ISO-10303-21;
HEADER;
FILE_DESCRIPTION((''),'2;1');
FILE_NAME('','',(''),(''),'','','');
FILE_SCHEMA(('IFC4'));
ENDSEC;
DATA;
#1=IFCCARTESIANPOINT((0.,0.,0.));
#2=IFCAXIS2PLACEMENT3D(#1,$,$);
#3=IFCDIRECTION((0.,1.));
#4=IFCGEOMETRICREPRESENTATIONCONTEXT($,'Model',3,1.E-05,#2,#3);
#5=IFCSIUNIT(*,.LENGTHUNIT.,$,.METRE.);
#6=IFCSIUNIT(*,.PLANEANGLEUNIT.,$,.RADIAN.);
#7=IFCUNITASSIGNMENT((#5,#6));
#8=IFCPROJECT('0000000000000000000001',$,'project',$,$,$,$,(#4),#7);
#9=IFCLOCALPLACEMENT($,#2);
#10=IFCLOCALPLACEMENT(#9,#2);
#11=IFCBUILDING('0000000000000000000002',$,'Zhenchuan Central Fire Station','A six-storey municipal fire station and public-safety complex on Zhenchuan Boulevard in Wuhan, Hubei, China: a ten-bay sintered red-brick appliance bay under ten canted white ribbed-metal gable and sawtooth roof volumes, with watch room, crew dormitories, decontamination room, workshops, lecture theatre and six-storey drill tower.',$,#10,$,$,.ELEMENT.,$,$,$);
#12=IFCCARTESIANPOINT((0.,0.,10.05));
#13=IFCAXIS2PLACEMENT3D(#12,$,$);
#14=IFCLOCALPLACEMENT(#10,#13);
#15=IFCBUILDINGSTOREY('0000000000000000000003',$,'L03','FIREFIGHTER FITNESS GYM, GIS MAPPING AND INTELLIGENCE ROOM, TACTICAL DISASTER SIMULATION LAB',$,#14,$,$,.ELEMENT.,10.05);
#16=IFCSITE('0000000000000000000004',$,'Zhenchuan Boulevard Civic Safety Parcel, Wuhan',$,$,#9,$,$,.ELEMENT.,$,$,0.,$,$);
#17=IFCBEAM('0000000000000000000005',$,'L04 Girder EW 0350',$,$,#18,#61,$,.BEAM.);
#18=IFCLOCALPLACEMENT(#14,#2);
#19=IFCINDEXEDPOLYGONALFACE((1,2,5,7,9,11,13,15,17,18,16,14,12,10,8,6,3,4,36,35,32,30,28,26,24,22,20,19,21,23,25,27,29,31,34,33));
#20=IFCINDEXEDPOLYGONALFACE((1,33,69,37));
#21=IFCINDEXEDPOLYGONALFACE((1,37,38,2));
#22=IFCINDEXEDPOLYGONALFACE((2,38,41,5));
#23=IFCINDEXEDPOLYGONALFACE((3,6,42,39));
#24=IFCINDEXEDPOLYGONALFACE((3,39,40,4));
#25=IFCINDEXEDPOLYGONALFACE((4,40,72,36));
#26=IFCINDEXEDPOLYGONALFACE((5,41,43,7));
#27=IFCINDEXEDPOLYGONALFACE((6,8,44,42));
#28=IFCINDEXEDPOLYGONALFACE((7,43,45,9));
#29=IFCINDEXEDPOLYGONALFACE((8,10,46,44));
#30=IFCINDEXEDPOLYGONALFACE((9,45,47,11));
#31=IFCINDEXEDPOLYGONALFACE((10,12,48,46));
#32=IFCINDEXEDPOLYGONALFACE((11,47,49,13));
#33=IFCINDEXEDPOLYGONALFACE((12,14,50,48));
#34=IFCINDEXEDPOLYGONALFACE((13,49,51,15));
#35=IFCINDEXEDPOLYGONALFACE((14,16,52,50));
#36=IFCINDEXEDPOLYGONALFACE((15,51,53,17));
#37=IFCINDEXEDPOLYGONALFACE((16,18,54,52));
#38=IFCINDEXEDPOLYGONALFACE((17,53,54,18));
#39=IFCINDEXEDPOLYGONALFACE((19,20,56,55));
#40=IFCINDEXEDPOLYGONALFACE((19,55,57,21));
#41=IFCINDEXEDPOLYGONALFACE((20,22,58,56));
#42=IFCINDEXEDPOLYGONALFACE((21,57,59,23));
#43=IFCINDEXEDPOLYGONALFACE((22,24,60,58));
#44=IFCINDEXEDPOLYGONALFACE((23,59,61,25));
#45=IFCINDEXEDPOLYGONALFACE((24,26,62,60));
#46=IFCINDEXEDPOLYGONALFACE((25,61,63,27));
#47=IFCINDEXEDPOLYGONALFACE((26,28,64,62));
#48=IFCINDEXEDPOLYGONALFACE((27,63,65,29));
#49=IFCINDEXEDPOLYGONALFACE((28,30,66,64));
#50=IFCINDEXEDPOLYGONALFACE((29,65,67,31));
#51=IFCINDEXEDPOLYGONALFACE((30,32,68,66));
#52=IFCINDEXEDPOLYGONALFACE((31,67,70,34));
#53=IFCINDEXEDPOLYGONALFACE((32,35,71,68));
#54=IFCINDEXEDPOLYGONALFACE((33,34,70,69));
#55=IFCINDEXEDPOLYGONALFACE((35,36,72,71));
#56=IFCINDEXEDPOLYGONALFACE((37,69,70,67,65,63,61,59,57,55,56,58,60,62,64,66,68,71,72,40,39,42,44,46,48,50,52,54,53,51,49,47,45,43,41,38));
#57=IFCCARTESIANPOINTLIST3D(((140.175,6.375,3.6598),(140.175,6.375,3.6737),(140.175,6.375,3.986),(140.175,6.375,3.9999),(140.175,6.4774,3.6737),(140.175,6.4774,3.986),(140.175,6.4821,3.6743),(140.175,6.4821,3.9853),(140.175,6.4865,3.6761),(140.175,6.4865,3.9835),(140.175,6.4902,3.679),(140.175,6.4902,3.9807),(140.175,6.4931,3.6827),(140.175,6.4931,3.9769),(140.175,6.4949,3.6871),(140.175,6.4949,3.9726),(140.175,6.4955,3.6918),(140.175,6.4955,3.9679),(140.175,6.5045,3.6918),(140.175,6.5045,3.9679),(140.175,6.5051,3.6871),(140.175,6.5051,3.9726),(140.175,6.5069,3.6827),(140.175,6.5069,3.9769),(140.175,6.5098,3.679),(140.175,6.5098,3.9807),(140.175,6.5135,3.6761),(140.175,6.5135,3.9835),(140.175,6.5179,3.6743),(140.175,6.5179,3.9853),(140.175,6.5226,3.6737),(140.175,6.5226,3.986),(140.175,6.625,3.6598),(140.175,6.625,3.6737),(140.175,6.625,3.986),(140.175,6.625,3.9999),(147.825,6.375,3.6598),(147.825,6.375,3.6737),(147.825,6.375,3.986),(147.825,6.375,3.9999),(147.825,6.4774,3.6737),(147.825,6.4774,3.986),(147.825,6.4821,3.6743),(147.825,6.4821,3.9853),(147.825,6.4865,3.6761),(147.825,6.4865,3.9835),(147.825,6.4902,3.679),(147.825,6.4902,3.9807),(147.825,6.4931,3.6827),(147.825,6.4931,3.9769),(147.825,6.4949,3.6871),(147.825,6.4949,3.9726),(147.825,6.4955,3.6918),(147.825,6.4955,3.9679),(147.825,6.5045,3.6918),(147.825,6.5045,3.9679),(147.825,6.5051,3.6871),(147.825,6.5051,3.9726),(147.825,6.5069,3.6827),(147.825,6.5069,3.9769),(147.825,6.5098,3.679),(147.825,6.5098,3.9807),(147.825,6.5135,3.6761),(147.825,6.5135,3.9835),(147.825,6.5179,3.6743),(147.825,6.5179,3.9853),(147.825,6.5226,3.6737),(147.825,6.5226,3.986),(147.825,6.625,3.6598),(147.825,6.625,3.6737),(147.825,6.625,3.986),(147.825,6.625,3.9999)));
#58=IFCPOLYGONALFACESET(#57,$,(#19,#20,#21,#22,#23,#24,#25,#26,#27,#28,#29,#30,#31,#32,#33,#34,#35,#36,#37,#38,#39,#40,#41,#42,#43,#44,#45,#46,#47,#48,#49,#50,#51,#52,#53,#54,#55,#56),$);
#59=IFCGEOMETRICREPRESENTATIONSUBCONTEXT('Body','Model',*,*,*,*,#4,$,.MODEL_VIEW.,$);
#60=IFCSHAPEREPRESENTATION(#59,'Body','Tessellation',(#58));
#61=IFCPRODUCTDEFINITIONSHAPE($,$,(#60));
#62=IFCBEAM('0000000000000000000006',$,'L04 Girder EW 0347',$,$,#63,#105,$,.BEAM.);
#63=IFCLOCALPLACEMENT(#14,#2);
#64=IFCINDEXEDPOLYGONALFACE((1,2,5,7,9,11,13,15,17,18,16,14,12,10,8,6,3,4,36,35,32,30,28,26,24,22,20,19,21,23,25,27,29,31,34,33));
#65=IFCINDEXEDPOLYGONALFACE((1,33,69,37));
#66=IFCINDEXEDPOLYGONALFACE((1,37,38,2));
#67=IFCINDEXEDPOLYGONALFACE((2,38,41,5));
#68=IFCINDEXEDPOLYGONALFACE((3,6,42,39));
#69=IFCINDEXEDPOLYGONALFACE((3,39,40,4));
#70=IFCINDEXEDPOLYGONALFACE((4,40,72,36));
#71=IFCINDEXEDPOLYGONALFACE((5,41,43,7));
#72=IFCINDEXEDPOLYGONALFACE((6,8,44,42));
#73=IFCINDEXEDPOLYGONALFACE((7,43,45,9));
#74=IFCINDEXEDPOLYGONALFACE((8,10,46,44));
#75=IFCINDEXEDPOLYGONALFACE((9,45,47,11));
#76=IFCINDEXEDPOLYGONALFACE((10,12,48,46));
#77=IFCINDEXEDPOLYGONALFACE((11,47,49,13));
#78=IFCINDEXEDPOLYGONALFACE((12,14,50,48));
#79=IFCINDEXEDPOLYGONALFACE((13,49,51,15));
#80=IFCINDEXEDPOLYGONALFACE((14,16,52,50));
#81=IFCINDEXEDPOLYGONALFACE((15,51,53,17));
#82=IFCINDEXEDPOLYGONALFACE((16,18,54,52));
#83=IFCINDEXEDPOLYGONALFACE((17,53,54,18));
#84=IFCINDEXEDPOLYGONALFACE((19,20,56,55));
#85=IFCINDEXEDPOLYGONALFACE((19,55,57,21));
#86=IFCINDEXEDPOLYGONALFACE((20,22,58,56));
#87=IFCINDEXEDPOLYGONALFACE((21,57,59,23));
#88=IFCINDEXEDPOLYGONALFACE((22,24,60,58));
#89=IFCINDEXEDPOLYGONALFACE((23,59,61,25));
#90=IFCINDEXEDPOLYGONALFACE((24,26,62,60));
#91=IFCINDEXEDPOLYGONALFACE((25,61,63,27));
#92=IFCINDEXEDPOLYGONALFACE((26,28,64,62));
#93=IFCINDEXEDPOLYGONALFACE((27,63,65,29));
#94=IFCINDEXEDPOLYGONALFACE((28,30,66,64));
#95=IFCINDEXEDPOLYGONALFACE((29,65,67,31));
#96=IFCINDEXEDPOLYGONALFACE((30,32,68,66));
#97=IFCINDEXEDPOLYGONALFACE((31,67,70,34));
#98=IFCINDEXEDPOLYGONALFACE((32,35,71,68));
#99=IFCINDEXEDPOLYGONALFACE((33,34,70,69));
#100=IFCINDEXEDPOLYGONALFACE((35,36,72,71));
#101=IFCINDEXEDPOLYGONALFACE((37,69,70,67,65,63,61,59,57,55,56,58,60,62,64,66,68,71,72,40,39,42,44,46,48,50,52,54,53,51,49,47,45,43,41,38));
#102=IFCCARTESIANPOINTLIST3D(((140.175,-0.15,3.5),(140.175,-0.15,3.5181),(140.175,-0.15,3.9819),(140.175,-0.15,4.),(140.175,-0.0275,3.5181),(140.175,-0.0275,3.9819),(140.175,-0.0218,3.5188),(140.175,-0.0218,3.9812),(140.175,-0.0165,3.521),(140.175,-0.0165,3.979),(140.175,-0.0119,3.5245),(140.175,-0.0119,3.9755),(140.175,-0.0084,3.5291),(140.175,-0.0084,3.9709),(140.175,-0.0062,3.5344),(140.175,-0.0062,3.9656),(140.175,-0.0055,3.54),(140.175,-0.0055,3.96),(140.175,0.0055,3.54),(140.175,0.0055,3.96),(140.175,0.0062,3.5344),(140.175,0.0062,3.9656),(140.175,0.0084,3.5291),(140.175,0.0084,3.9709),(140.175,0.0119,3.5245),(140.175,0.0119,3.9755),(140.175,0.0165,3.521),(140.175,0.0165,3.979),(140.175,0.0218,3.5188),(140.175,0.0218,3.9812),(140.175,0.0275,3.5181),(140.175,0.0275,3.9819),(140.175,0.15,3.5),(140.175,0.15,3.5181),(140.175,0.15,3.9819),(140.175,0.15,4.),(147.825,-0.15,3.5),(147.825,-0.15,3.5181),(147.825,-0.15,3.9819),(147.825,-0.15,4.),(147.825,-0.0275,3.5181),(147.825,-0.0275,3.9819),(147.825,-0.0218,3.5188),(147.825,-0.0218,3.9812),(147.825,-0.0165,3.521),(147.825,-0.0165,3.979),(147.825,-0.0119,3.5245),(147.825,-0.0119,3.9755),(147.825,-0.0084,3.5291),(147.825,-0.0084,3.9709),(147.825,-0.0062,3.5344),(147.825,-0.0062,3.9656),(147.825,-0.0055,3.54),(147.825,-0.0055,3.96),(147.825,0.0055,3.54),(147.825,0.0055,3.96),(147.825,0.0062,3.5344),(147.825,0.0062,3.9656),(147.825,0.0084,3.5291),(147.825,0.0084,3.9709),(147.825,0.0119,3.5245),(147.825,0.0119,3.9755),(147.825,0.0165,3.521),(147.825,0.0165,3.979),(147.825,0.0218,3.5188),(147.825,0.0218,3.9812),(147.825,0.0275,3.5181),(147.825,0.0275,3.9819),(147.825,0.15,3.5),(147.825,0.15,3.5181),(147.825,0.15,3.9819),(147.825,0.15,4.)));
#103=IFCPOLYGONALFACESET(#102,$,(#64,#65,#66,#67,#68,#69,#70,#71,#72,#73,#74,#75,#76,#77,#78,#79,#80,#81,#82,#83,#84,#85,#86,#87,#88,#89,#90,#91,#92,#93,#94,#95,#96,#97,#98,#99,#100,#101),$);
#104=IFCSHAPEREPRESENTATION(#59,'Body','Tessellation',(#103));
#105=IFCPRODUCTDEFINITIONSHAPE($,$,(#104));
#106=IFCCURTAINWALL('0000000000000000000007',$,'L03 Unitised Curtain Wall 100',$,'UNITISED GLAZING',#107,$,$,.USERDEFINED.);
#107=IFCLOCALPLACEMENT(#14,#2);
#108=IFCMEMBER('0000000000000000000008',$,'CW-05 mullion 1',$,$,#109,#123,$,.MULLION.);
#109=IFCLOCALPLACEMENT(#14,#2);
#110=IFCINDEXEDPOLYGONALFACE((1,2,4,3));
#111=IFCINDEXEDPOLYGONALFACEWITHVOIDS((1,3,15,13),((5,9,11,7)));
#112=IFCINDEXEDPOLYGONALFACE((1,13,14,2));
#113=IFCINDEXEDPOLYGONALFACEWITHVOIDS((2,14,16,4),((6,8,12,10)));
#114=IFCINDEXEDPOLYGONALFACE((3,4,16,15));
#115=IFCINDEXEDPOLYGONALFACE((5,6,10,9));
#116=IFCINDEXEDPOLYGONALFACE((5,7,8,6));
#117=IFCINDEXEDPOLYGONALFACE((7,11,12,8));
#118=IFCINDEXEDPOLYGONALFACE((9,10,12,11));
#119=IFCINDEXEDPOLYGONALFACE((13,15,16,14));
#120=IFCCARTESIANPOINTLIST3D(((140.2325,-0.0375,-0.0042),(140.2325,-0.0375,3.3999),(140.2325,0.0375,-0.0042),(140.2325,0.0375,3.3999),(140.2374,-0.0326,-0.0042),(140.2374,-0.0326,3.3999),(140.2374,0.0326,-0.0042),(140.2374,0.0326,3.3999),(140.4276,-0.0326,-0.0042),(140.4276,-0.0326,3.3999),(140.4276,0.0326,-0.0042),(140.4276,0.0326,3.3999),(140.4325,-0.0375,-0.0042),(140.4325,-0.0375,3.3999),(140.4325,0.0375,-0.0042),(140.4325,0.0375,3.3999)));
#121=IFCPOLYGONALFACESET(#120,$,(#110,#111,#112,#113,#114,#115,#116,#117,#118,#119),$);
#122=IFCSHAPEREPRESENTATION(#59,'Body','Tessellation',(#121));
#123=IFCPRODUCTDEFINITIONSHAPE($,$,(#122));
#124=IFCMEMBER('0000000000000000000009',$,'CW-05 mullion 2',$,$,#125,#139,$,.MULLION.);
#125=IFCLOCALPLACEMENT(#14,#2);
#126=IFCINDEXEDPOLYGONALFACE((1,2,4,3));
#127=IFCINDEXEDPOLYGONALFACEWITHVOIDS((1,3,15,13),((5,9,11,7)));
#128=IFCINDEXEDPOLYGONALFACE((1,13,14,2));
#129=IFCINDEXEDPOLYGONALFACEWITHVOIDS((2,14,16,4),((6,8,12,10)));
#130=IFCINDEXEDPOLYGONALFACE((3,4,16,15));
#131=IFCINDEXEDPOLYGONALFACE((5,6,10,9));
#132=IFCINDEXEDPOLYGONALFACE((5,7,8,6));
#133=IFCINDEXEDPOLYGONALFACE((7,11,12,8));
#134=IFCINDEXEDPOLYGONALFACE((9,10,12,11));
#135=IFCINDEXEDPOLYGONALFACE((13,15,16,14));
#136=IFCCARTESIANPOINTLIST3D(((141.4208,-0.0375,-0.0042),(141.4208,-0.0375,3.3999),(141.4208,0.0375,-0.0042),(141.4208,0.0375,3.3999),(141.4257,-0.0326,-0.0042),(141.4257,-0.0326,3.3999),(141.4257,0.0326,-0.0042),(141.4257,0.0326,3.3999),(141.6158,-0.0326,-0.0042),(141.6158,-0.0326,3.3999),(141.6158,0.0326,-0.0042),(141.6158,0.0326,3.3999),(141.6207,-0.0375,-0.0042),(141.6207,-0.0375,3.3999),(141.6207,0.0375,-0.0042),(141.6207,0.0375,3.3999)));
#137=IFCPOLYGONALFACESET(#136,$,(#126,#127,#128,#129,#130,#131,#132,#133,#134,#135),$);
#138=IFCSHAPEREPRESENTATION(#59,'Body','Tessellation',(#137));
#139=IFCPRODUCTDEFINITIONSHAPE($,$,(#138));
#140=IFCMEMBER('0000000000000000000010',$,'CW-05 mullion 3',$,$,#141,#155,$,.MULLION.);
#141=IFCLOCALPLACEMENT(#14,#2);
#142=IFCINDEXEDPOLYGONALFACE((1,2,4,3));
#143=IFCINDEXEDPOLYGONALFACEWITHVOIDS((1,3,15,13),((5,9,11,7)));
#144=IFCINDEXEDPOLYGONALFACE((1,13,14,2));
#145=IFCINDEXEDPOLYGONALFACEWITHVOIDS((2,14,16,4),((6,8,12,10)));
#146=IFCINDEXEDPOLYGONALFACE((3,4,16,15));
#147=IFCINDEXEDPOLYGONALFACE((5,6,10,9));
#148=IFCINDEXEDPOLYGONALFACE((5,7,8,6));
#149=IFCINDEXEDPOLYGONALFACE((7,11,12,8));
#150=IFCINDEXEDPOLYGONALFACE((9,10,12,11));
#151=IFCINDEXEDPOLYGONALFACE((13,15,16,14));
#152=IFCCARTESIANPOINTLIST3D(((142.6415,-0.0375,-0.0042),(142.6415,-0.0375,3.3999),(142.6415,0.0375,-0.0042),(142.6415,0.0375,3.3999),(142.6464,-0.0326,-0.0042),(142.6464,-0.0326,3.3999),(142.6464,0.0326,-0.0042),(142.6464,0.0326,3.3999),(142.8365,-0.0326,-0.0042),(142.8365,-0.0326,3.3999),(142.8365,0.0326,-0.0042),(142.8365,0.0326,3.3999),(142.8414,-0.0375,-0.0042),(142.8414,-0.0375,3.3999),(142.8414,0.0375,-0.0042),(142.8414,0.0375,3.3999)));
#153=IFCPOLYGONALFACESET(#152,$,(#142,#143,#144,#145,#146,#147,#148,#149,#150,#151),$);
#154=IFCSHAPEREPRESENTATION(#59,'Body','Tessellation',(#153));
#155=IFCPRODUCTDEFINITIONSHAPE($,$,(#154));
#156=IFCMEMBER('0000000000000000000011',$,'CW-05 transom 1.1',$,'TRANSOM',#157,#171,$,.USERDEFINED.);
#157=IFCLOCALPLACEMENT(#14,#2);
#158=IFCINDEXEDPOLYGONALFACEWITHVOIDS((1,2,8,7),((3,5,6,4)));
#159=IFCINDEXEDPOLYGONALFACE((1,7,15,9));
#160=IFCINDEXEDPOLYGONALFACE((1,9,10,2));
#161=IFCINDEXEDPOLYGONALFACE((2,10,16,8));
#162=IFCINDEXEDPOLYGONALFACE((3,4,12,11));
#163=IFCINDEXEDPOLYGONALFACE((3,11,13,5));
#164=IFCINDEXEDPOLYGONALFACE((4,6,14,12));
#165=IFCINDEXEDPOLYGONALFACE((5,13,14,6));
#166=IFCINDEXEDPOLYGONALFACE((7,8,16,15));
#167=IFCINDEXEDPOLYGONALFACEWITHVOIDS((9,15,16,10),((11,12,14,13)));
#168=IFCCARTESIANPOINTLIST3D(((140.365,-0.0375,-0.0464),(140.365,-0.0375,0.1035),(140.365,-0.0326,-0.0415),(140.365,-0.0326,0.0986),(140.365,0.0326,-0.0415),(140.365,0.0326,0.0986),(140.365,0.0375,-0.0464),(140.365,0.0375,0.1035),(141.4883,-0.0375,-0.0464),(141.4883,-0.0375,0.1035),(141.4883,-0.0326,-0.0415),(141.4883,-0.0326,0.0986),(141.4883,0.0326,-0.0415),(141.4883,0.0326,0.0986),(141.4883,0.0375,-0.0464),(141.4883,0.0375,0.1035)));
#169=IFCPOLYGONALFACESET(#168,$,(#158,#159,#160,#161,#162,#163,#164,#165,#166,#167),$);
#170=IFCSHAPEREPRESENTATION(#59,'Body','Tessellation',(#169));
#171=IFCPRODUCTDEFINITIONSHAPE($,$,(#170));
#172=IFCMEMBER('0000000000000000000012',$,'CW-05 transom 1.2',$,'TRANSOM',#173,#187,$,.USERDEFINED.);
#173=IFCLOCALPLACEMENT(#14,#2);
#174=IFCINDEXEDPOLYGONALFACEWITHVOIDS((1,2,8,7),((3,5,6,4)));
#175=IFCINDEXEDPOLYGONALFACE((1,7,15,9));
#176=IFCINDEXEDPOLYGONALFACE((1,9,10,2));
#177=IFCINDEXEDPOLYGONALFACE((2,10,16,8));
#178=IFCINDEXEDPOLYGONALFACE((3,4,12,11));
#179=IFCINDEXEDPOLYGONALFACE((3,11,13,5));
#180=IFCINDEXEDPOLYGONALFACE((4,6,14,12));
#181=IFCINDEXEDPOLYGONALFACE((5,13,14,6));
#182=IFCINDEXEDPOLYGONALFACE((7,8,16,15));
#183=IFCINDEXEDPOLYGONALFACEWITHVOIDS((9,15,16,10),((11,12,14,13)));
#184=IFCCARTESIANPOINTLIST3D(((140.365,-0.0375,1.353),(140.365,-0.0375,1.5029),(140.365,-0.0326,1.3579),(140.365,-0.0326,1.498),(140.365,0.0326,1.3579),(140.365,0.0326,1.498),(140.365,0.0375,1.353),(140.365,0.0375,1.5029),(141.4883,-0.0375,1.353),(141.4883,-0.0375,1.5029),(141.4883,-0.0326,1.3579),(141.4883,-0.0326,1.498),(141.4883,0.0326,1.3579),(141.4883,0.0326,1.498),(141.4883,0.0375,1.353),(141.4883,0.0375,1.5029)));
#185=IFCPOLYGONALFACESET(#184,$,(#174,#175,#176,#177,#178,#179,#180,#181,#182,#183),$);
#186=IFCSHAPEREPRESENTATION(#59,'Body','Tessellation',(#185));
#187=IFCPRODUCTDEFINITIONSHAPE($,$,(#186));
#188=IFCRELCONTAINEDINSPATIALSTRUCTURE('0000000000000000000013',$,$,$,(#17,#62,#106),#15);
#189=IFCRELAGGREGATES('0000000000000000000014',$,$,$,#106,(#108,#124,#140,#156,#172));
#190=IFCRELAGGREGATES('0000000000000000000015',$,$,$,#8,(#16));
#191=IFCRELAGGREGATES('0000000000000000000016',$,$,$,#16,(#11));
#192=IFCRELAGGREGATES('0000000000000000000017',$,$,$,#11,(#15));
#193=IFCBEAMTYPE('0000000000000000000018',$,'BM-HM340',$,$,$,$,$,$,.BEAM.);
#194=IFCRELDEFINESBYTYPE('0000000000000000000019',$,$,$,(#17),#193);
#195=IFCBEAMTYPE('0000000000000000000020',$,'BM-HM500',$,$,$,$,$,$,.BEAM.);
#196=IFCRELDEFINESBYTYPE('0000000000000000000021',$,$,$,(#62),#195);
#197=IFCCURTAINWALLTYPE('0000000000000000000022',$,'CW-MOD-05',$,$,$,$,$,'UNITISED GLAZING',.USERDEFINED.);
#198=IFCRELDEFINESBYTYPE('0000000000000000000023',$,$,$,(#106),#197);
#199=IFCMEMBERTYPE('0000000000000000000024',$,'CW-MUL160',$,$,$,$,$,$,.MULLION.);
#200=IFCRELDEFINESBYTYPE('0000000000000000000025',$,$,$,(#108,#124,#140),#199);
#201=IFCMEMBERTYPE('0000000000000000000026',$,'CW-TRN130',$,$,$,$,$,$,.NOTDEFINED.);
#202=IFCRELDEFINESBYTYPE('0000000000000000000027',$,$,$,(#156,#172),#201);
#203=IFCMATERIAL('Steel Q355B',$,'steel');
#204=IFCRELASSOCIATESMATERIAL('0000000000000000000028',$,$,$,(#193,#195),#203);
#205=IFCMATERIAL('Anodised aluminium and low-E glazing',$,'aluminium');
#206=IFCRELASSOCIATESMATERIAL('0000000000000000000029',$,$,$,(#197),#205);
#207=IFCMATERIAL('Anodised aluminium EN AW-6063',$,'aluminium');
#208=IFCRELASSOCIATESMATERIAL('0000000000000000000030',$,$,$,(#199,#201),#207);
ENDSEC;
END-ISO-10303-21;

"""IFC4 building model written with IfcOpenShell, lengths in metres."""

from ifc_helpers import new_model, si_unit, direction, frame, origin, origin_2d, place, context, subcontext, project, spatial, hollow_rectangle, i_section, extrude, material, material_profile, profile_set, type_object, element, aggregate, save


model = new_model("IFC4")

# Units and contexts
model_context = context("Model", 3, precision=1e-05, world=origin(), true_north=direction((0.0, 1.0)))
body_context = subcontext(model_context, "Body", "Model", "MODEL_VIEW")
ifc_project = project(units=[si_unit("LENGTHUNIT", "METRE"), si_unit("PLANEANGLEUNIT", "RADIAN")], contexts=[model_context])

# Site, building, storey
site_placement = place(None, origin())
site = spatial("IfcSite", under=ifc_project, at=site_placement, Name="Zhenchuan Boulevard Civic Safety Parcel, Wuhan", CompositionType="ELEMENT", RefElevation=0.0)
building_placement = place(site_placement, origin())
building = spatial("IfcBuilding", under=site, at=building_placement, Name="Zhenchuan Central Fire Station", Description="A six-storey municipal fire station and public-safety complex on Zhenchuan Boulevard in Wuhan, Hubei, China: a ten-bay sintered red-brick appliance bay under ten canted white ribbed-metal gable and sawtooth roof volumes, with watch room, crew dormitories, decontamination room, workshops, lecture theatre and six-storey drill tower.", CompositionType="ELEMENT")
storey_placement = place(building_placement, frame((0.0, 0.0, 10.05)))
storey = spatial("IfcBuildingStorey", under=building, at=storey_placement, Name="L03", Description="FIREFIGHTER FITNESS GYM, GIS MAPPING AND INTELLIGENCE ROOM, TACTICAL DISASTER SIMULATION LAB", CompositionType="ELEMENT", Elevation=10.05)

# Beams
ifc_material_1 = material(Name="Steel Q355B", Category="steel")
ifc_material_profile_1 = material_profile(ifc_material_1, i_section(OverallWidth=0.25, OverallDepth=0.3401, WebThickness=0.009, FlangeThickness=0.0139, FilletRadius=0.0181, at=origin_2d()), Name="HM 340x250")
ifc_profile_set_1 = profile_set([ifc_material_profile_1], Name="Steel Q355B")
beam_type_1 = type_object("IfcBeamType", Name="BM-HM340", PredefinedType="BEAM", material=ifc_profile_set_1)
beam_1_placement = place(storey_placement, frame((140.175, 6.5, 3.8298), z_axis=(1.0, 0.0, 0.0), x_axis=(0.0, 1.0, 0.0)))
element("IfcBeam", 1, at=beam_1_placement, inside=storey, type_object=beam_type_1, Name="L04 Girder EW 0350", PredefinedType="BEAM", context=body_context, shape_type="SweptSolid", body=[
    extrude(i_section(OverallWidth=0.25, OverallDepth=0.3401, WebThickness=0.009, FlangeThickness=0.0139, FilletRadius=0.0181, at=origin_2d()), origin(), (0.0, 0.0, 1.0), 7.6499),
])
ifc_material_profile_2 = material_profile(ifc_material_1, i_section(OverallWidth=0.3, OverallDepth=0.5, WebThickness=0.011, FlangeThickness=0.0181, FilletRadius=0.022, at=origin_2d()), Name="HM 500x300")
ifc_profile_set_2 = profile_set([ifc_material_profile_2], Name="Steel Q355B")
beam_type_2 = type_object("IfcBeamType", Name="BM-HM500", PredefinedType="BEAM", material=ifc_profile_set_2)
beam_2_placement = place(storey_placement, frame((140.175, 0.0, 3.75), z_axis=(1.0, 0.0, 0.0), x_axis=(0.0, 1.0, 0.0)))
element("IfcBeam", 2, at=beam_2_placement, inside=storey, type_object=beam_type_2, Name="L04 Girder EW 0347", PredefinedType="BEAM", context=body_context, shape_type="SweptSolid", body=[
    extrude(i_section(OverallWidth=0.3, OverallDepth=0.5, WebThickness=0.011, FlangeThickness=0.0181, FilletRadius=0.022, at=origin_2d()), origin(), (0.0, 0.0, 1.0), 7.6499),
])

# Curtain wall, members
ifc_material_2 = material(Name="Anodised aluminium and low-E glazing", Category="aluminium")
curtain_wall_type_1 = type_object("IfcCurtainWallType", Name="CW-MOD-05", ElementType="UNITISED GLAZING", PredefinedType="USERDEFINED", material=ifc_material_2)
curtain_wall_1_placement = place(storey_placement, origin())
curtain_wall_1 = element("IfcCurtainWall", 3, at=curtain_wall_1_placement, inside=storey, type_object=curtain_wall_type_1, Name="L03 Unitised Curtain Wall 100", ObjectType="UNITISED GLAZING", PredefinedType="USERDEFINED")
ifc_material_3 = material(Name="Anodised aluminium EN AW-6063", Category="aluminium")
ifc_material_profile_3 = material_profile(ifc_material_3, hollow_rectangle(XDim=0.075, YDim=0.2, WallThickness=0.0049, at=origin_2d()), Name="ALU-M 200x75")
ifc_profile_set_3 = profile_set([ifc_material_profile_3], Name="Anodised aluminium EN AW-6063")
member_type_1 = type_object("IfcMemberType", Name="CW-MUL160", PredefinedType="MULLION", material=ifc_profile_set_3)
member_1_placement = place(storey_placement, frame((140.3325, 0.0, -0.0042), z_axis=(0.0, 0.0, 1.0), x_axis=(0.0, 1.0, 0.0)))
member_1 = element("IfcMember", 4, at=member_1_placement, type_object=member_type_1, Name="CW-05 mullion 1", PredefinedType="MULLION", context=body_context, shape_type="SweptSolid", body=[
    extrude(hollow_rectangle(XDim=0.075, YDim=0.2, WallThickness=0.0049, at=origin_2d()), origin(), (0.0, 0.0, 1.0), 3.4041),
])
member_2_placement = place(storey_placement, frame((141.5208, 0.0, -0.0042), z_axis=(0.0, 0.0, 1.0), x_axis=(0.0, 1.0, 0.0)))
member_2 = element("IfcMember", 5, at=member_2_placement, type_object=member_type_1, Name="CW-05 mullion 2", PredefinedType="MULLION", context=body_context, shape_type="SweptSolid", body=[
    extrude(hollow_rectangle(XDim=0.075, YDim=0.2, WallThickness=0.0049, at=origin_2d()), origin(), (0.0, 0.0, 1.0), 3.4041),
])
member_3_placement = place(storey_placement, frame((142.7415, 0.0, -0.0042), z_axis=(0.0, 0.0, 1.0), x_axis=(0.0, 1.0, 0.0)))
member_3 = element("IfcMember", 6, at=member_3_placement, type_object=member_type_1, Name="CW-05 mullion 3", PredefinedType="MULLION", context=body_context, shape_type="SweptSolid", body=[
    extrude(hollow_rectangle(XDim=0.075, YDim=0.2, WallThickness=0.0049, at=origin_2d()), origin(), (0.0, 0.0, 1.0), 3.4041),
])
ifc_material_profile_4 = material_profile(ifc_material_3, hollow_rectangle(XDim=0.075, YDim=0.1499, WallThickness=0.0049, at=origin_2d()), Name="ALU-T 150x75")
ifc_profile_set_4 = profile_set([ifc_material_profile_4], Name="Anodised aluminium EN AW-6063")
member_type_2 = type_object("IfcMemberType", Name="CW-TRN130", PredefinedType="NOTDEFINED", material=ifc_profile_set_4)
member_4_placement = place(storey_placement, frame((140.365, 0.0, 0.0286), z_axis=(1.0, 0.0, 0.0), x_axis=(0.0, 1.0, 0.0)))
member_4 = element("IfcMember", 7, at=member_4_placement, type_object=member_type_2, Name="CW-05 transom 1.1", ObjectType="TRANSOM", PredefinedType="USERDEFINED", context=body_context, shape_type="SweptSolid", body=[
    extrude(hollow_rectangle(XDim=0.075, YDim=0.1499, WallThickness=0.0049, at=origin_2d()), origin(), (0.0, 0.0, 1.0), 1.1233),
])
member_5_placement = place(storey_placement, frame((140.365, 0.0, 1.428), z_axis=(1.0, 0.0, 0.0), x_axis=(0.0, 1.0, 0.0)))
member_5 = element("IfcMember", 8, at=member_5_placement, type_object=member_type_2, Name="CW-05 transom 1.2", ObjectType="TRANSOM", PredefinedType="USERDEFINED", context=body_context, shape_type="SweptSolid", body=[
    extrude(hollow_rectangle(XDim=0.075, YDim=0.1499, WallThickness=0.0049, at=origin_2d()), origin(), (0.0, 0.0, 1.0), 1.1233),
])

aggregate(curtain_wall_1, [member_1, member_2, member_3, member_4, member_5])

save(model, "model.ifc")
